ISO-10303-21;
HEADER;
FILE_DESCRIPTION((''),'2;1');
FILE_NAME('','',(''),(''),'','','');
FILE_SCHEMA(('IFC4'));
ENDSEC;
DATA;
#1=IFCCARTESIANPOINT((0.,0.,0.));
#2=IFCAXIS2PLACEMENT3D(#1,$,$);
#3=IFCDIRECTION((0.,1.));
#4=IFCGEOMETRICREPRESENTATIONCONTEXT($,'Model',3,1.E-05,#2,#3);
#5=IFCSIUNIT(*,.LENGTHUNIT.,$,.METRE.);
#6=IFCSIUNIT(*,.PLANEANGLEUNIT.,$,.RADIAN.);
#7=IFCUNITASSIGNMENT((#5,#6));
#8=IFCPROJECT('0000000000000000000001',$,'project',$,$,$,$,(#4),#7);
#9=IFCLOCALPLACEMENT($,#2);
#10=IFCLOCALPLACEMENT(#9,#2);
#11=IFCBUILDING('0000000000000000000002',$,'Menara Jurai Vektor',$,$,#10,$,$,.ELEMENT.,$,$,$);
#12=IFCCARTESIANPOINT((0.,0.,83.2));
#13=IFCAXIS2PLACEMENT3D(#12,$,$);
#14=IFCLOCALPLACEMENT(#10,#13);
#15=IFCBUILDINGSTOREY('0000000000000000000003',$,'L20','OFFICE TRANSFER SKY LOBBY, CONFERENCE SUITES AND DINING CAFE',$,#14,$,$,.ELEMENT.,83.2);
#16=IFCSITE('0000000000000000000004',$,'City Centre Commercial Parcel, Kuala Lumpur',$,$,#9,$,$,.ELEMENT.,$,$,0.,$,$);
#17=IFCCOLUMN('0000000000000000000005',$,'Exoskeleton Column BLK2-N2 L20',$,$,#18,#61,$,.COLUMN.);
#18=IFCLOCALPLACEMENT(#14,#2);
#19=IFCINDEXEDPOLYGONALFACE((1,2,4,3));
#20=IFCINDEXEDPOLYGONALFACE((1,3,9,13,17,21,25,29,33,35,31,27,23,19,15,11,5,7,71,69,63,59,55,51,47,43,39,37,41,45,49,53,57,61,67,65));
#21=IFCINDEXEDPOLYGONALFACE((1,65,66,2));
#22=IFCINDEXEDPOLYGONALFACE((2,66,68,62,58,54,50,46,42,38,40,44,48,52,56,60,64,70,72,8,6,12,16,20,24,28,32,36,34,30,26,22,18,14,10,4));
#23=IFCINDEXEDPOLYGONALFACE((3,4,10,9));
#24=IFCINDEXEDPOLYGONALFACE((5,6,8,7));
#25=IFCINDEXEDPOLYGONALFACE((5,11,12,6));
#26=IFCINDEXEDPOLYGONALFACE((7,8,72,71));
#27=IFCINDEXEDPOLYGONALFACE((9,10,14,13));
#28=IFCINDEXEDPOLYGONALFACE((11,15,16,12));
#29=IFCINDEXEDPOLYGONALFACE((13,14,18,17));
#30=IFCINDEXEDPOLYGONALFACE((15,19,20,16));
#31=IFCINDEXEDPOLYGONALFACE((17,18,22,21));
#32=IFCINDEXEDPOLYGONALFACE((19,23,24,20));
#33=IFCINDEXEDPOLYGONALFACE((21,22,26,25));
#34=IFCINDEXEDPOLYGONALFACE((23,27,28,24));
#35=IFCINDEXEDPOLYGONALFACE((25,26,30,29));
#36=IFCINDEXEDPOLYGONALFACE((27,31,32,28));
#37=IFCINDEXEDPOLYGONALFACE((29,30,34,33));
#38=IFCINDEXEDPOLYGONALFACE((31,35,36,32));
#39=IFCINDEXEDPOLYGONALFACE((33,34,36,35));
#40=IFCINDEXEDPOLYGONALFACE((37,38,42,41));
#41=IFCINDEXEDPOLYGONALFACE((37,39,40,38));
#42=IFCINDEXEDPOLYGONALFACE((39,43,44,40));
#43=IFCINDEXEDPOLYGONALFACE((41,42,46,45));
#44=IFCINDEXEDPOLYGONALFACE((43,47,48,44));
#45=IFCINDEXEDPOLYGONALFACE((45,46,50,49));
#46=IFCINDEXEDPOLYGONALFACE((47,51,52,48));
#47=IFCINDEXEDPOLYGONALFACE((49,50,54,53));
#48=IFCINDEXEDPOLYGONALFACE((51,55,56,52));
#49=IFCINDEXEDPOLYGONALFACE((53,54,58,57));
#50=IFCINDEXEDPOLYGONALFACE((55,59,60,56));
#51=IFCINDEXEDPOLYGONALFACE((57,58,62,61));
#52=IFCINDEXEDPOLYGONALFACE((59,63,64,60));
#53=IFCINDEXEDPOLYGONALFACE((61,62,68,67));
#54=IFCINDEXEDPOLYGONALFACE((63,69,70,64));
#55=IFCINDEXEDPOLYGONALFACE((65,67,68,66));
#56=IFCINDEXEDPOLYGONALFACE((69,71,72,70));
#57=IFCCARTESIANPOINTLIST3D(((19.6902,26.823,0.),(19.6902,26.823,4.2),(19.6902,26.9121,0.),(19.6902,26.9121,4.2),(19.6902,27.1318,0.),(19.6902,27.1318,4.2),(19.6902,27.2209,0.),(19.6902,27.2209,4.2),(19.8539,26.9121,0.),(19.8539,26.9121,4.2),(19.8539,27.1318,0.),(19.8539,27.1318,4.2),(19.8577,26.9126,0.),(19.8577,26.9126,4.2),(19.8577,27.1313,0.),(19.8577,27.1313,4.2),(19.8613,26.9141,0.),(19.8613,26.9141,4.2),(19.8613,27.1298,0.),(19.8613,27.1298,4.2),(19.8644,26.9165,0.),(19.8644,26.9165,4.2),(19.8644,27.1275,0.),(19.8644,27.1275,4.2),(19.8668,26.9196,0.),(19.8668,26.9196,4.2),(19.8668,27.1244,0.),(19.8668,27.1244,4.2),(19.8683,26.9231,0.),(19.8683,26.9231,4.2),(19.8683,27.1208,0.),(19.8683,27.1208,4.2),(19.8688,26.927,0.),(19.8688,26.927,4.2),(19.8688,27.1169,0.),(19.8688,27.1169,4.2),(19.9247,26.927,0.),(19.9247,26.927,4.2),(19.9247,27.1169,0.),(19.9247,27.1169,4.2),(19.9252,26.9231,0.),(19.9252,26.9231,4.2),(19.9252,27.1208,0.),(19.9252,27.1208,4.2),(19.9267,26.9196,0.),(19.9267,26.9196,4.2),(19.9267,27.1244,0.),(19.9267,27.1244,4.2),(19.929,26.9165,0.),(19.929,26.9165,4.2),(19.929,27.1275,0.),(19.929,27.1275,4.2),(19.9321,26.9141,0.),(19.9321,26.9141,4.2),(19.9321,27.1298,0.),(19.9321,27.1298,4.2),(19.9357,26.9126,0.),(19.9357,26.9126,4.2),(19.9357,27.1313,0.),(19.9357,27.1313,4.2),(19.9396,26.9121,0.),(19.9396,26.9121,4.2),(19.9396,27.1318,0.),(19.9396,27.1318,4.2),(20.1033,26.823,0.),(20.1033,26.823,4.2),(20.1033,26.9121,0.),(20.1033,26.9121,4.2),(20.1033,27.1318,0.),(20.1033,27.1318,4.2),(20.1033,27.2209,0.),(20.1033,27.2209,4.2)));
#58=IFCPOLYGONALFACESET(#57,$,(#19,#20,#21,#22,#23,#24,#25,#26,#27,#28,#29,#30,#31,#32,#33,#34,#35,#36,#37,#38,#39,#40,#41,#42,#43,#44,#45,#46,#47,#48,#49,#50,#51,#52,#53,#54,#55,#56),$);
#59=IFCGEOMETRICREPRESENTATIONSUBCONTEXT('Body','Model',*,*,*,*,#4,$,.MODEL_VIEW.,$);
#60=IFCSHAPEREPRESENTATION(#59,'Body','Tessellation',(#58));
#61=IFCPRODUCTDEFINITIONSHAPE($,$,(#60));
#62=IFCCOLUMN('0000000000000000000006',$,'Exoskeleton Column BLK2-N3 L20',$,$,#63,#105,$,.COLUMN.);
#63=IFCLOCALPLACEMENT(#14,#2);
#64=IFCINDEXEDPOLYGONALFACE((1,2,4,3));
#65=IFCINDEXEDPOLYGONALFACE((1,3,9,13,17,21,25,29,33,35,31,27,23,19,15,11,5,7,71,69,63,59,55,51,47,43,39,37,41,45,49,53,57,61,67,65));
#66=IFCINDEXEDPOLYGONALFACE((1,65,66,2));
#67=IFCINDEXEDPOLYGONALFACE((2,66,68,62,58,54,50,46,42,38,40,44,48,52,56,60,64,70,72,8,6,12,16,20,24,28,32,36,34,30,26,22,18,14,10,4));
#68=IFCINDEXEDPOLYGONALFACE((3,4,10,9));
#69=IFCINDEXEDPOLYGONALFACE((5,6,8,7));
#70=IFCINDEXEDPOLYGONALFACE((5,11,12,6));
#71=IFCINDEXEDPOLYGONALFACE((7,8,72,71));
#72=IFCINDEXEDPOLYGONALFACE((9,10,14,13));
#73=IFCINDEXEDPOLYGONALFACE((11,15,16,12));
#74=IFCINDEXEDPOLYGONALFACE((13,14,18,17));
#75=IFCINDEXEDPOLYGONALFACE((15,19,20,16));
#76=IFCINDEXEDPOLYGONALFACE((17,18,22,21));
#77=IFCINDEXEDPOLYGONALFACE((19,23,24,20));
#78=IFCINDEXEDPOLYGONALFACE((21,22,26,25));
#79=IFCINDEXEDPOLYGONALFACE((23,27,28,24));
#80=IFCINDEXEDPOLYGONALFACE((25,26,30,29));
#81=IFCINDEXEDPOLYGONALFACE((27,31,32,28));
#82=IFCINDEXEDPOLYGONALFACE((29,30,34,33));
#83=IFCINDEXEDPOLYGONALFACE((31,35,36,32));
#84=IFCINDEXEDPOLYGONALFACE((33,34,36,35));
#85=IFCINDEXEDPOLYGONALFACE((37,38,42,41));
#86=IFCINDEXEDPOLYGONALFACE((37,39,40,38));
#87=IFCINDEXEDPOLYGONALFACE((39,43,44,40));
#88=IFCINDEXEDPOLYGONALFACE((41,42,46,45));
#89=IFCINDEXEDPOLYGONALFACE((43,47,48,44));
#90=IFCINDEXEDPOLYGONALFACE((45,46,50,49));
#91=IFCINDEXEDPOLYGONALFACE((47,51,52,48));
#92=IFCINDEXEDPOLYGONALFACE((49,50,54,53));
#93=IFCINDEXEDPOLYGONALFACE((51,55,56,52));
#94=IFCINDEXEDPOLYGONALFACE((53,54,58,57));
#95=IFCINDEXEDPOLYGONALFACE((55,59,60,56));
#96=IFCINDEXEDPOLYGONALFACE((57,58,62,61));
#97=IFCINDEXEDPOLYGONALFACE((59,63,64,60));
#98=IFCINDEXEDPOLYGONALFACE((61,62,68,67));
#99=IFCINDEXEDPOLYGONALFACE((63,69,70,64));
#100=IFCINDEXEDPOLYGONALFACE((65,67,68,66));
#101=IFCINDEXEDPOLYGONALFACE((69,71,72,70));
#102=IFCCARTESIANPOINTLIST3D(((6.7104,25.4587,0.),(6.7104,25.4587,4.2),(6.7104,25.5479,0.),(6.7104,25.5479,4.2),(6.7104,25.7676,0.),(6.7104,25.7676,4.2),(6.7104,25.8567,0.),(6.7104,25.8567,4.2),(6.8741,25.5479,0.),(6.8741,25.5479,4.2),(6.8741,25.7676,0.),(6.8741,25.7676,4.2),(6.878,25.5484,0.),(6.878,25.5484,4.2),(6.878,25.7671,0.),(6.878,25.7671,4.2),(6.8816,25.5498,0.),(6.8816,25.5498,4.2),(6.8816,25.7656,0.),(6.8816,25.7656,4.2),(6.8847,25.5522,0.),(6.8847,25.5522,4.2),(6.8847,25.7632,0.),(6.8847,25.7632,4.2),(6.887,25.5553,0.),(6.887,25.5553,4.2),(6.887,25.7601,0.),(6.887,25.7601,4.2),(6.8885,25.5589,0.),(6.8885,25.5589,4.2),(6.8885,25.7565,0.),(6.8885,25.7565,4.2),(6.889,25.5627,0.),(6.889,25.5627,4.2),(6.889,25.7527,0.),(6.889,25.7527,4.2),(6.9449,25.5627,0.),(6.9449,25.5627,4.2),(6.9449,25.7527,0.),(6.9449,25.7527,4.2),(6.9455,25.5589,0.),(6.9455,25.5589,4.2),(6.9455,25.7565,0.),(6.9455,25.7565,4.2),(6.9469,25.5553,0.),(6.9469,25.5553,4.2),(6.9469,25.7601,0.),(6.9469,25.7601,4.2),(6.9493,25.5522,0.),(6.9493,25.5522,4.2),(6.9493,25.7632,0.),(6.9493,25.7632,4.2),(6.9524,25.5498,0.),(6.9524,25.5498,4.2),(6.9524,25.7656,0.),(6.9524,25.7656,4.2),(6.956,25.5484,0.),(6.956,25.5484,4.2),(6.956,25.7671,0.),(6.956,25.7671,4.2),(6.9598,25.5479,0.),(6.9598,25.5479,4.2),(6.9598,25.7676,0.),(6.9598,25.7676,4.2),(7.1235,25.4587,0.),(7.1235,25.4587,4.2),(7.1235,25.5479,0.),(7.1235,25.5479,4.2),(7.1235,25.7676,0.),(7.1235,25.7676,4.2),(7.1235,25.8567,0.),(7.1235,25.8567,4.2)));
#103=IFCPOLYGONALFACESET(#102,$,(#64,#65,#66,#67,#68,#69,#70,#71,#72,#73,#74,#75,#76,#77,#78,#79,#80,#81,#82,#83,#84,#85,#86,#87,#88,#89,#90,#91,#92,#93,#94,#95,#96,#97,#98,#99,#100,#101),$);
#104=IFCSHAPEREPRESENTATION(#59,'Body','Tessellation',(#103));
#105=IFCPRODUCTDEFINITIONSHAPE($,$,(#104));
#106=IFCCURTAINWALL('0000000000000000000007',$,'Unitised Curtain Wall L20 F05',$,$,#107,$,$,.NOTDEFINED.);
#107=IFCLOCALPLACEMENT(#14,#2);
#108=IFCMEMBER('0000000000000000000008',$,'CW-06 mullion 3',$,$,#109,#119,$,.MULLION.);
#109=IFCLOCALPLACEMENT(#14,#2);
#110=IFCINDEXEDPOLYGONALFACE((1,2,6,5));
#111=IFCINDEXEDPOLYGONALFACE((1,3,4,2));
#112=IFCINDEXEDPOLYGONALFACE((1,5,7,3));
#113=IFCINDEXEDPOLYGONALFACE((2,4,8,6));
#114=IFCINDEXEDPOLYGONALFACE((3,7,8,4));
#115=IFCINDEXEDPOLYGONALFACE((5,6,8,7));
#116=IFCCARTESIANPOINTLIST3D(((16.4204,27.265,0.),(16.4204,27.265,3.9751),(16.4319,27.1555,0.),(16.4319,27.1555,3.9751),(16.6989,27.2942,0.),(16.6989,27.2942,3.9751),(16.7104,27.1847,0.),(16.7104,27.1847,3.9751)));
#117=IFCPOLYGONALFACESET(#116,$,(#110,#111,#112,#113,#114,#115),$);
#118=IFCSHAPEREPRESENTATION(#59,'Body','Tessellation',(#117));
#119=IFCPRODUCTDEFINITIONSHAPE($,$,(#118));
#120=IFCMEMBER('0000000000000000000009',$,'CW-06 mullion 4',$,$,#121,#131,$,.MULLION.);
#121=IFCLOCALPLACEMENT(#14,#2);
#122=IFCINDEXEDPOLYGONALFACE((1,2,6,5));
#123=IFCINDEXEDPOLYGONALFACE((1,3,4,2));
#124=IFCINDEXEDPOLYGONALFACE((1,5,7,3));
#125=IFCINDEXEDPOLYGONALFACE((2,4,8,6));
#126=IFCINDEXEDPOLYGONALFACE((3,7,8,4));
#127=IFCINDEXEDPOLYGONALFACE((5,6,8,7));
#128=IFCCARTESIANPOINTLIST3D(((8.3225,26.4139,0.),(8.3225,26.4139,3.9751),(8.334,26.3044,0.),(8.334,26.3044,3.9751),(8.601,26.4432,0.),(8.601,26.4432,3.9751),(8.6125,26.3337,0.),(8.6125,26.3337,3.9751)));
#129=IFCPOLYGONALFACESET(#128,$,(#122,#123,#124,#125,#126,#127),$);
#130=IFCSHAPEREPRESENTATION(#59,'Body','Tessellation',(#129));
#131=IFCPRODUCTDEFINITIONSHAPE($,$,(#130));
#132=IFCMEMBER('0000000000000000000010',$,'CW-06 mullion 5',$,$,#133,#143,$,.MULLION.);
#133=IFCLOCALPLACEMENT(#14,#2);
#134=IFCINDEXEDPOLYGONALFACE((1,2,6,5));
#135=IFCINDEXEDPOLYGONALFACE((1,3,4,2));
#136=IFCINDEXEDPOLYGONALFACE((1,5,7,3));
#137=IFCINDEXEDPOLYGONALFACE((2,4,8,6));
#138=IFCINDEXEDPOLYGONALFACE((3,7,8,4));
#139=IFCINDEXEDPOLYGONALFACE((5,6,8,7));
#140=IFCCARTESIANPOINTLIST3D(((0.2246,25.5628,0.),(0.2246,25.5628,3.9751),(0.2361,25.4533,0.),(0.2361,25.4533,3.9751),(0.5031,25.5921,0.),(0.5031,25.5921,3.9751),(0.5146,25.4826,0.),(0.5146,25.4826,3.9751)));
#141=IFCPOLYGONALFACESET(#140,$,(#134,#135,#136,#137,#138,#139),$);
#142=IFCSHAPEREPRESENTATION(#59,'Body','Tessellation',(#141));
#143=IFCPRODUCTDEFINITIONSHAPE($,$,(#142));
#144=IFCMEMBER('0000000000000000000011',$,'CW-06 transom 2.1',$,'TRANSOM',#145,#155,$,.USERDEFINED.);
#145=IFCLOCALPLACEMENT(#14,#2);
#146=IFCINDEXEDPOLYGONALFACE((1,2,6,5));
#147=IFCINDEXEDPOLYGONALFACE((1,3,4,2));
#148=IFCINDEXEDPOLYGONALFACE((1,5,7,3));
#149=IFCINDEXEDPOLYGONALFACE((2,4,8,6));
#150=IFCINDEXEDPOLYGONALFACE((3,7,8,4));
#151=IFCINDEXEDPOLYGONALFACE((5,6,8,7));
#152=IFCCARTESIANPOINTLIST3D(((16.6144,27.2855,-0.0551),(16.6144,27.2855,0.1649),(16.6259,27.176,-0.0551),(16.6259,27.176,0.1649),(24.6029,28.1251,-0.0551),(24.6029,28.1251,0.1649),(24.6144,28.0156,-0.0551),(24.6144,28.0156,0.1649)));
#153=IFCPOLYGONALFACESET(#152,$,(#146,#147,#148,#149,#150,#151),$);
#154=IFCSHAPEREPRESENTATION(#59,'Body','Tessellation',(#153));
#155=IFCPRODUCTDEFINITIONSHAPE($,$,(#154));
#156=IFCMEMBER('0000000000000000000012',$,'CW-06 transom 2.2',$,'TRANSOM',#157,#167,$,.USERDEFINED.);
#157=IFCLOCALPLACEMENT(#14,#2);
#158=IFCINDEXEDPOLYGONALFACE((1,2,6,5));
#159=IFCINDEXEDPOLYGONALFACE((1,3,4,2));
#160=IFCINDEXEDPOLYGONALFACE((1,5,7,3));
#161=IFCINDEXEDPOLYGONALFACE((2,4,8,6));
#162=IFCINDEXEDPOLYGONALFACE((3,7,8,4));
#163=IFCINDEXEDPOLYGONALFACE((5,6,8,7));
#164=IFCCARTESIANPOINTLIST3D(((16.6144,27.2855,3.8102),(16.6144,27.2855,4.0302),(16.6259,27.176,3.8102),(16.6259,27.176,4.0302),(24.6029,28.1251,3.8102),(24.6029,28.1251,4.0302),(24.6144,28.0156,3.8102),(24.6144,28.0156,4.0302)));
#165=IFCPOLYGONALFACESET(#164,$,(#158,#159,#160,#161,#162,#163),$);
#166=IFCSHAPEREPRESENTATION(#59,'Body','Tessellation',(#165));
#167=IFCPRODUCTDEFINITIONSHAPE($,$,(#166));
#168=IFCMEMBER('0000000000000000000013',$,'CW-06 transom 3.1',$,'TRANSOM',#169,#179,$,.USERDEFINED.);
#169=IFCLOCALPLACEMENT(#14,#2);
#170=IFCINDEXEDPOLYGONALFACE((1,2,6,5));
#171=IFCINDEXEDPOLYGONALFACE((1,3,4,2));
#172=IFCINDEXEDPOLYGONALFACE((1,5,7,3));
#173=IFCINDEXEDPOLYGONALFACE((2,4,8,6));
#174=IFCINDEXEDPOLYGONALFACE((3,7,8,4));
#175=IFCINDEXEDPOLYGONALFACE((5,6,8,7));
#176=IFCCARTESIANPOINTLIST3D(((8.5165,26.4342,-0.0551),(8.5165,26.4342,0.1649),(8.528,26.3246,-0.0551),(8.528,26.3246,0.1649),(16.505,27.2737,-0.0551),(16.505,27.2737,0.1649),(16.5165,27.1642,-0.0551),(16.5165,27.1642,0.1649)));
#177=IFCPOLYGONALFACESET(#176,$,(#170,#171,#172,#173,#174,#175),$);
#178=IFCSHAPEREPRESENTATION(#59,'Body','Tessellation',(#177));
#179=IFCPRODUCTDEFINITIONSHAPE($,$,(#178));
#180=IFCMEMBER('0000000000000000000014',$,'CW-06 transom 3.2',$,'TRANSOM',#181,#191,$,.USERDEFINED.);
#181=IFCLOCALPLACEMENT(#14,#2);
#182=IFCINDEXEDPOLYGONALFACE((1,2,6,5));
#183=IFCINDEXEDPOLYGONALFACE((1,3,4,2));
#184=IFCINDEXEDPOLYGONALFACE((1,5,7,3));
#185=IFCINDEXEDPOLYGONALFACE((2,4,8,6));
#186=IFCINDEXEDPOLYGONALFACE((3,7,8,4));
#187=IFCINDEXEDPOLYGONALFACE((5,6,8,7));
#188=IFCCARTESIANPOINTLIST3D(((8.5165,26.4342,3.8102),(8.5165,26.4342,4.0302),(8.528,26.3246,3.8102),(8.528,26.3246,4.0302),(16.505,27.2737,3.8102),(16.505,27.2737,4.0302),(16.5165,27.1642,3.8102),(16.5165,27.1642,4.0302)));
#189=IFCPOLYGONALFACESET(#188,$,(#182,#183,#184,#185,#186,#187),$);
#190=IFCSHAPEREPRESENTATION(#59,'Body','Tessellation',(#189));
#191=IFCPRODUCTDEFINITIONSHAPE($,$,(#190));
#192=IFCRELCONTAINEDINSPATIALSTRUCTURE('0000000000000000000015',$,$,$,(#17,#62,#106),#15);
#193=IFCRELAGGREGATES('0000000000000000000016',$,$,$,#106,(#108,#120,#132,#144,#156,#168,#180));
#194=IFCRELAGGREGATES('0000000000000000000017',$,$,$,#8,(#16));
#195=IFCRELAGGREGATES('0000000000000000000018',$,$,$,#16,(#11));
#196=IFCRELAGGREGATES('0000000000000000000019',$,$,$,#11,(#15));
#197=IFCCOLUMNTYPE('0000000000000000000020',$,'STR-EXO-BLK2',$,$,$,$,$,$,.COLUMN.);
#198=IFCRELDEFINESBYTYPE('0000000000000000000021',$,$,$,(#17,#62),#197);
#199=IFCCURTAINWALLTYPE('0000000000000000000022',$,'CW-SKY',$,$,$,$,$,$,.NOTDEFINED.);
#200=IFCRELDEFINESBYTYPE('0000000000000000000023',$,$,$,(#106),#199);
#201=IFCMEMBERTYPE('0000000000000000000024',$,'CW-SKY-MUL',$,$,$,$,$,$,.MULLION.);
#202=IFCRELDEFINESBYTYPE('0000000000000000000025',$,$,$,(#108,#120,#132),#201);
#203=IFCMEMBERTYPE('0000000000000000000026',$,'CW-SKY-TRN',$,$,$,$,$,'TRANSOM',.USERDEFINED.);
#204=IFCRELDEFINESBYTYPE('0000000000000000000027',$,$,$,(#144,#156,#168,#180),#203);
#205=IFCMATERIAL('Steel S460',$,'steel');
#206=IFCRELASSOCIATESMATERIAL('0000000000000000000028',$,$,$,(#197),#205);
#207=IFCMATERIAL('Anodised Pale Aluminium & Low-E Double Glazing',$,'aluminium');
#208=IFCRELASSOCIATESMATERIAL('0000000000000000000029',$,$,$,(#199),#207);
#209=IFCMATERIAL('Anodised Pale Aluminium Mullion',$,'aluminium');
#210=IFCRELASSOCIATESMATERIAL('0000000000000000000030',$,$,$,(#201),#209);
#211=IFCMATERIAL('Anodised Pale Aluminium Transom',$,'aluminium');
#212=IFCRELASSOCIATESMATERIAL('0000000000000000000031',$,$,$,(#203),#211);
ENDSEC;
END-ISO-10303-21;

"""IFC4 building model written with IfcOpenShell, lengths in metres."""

from ifc_helpers import new_model, si_unit, direction, frame, origin, origin_2d, place, context, subcontext, project, spatial, rectangle, i_section, extrude, material, material_profile, profile_set, type_object, element, aggregate, save


model = new_model("IFC4")

# Units and contexts
model_context = context("Model", 3, precision=1e-05, world=origin(), true_north=direction((0.0, 1.0)))
body_context = subcontext(model_context, "Body", "Model", "MODEL_VIEW")
ifc_project = project(units=[si_unit("LENGTHUNIT", "METRE"), si_unit("PLANEANGLEUNIT", "RADIAN")], contexts=[model_context])

# Site, building, storey
site_placement = place(None, origin())
site = spatial("IfcSite", under=ifc_project, at=site_placement, Name="City Centre Commercial Parcel, Kuala Lumpur", CompositionType="ELEMENT", RefElevation=0.0)
building_placement = place(site_placement, origin())
building = spatial("IfcBuilding", under=site, at=building_placement, Name="Menara Jurai Vektor", CompositionType="ELEMENT")
storey_placement = place(building_placement, frame((0.0, 0.0, 83.2)))
storey = spatial("IfcBuildingStorey", under=building, at=storey_placement, Name="L20", Description="OFFICE TRANSFER SKY LOBBY, CONFERENCE SUITES AND DINING CAFE", CompositionType="ELEMENT", Elevation=83.2)

# Columns
ifc_material_1 = material(Name="Steel S460", Category="steel")
ifc_material_profile_1 = material_profile(ifc_material_1, i_section(OverallWidth=0.4131, OverallDepth=0.3979, WebThickness=0.0559, FlangeThickness=0.0891, FilletRadius=0.0149, at=origin_2d()), Name="HD 400x744")
ifc_profile_set_1 = profile_set([ifc_material_profile_1], Name="Steel S460")
column_type = type_object("IfcColumnType", Name="STR-EXO-BLK2", PredefinedType="COLUMN", material=ifc_profile_set_1)
for number, where, z_axis, x_axis, name in (
    (1, (19.8967, 27.022, 0.0), (0.0, 0.0, 1.0), (1.0, 0.0, 0.0), "Exoskeleton Column BLK2-N2 L20"),
    (2, (6.917, 25.6577, 0.0), (0.0, 0.0, 1.0), (1.0, 0.0, 0.0), "Exoskeleton Column BLK2-N3 L20"),
):
    element("IfcColumn", number, at=place(storey_placement, frame(where, z_axis=z_axis, x_axis=x_axis)), inside=storey, type_object=column_type, Name=name, PredefinedType="COLUMN", context=body_context, shape_type="SweptSolid", body=[
        extrude(i_section(OverallWidth=0.4131, OverallDepth=0.3979, WebThickness=0.0559, FlangeThickness=0.0891, FilletRadius=0.0149, at=origin_2d()), origin(), (0.0, 0.0, 1.0), 4.2),
    ])

# Curtain wall, members
ifc_material_2 = material(Name="Anodised Pale Aluminium & Low-E Double Glazing", Category="aluminium")
curtain_wall_type = type_object("IfcCurtainWallType", Name="CW-SKY", PredefinedType="NOTDEFINED", material=ifc_material_2)
curtain_wall_placement = place(storey_placement, origin())
curtain_wall = element("IfcCurtainWall", 3, at=curtain_wall_placement, inside=storey, type_object=curtain_wall_type, Name="Unitised Curtain Wall L20 F05", PredefinedType="NOTDEFINED")
ifc_material_3 = material(Name="Anodised Pale Aluminium Mullion", Category="aluminium")
ifc_material_profile_2 = material_profile(ifc_material_3, rectangle(XDim=0.1101, YDim=0.28, at=origin_2d()), Name="ALU MUL 110x280")
ifc_profile_set_2 = profile_set([ifc_material_profile_2], Name="Anodised Pale Aluminium Mullion")
member_type_1 = type_object("IfcMemberType", Name="CW-SKY-MUL", PredefinedType="MULLION", material=ifc_profile_set_2)
member_1_placement = place(storey_placement, frame((16.5654, 27.2249, 0.0), z_axis=(0.0, 0.0, 1.0), x_axis=(0.104529, -0.994522, 0.0)))
member_1 = element("IfcMember", 4, at=member_1_placement, type_object=member_type_1, Name="CW-06 mullion 3", PredefinedType="MULLION", context=body_context, shape_type="SweptSolid", body=[
    extrude(rectangle(XDim=0.1101, YDim=0.28, at=origin_2d()), origin(), (0.0, 0.0, 1.0), 3.9751),
])
member_2_placement = place(storey_placement, frame((8.4675, 26.3738, 0.0), z_axis=(0.0, 0.0, 1.0), x_axis=(0.104529, -0.994522, 0.0)))
member_2 = element("IfcMember", 5, at=member_2_placement, type_object=member_type_1, Name="CW-06 mullion 4", PredefinedType="MULLION", context=body_context, shape_type="SweptSolid", body=[
    extrude(rectangle(XDim=0.1101, YDim=0.28, at=origin_2d()), origin(), (0.0, 0.0, 1.0), 3.9751),
])
member_3_placement = place(storey_placement, frame((0.3696, 25.5227, 0.0), z_axis=(0.0, 0.0, 1.0), x_axis=(0.104529, -0.994522, 0.0)))
member_3 = element("IfcMember", 6, at=member_3_placement, type_object=member_type_1, Name="CW-06 mullion 5", PredefinedType="MULLION", context=body_context, shape_type="SweptSolid", body=[
    extrude(rectangle(XDim=0.1101, YDim=0.28, at=origin_2d()), origin(), (0.0, 0.0, 1.0), 3.9751),
])
ifc_material_4 = material(Name="Anodised Pale Aluminium Transom", Category="aluminium")
ifc_material_profile_3 = material_profile(ifc_material_4, rectangle(XDim=0.1101, YDim=0.22, at=origin_2d()), Name="ALU TRN 110x220")
ifc_profile_set_3 = profile_set([ifc_material_profile_3], Name="Anodised Pale Aluminium Transom")
member_type_2 = type_object("IfcMemberType", Name="CW-SKY-TRN", ElementType="TRANSOM", PredefinedType="USERDEFINED", material=ifc_profile_set_3)
member_4_placement = place(storey_placement, frame((24.6086, 28.0703, 0.0549), z_axis=(-0.994522, -0.104525, 0.0), x_axis=(0.104525, -0.994522, 0.0)))
member_4 = element("IfcMember", 7, at=member_4_placement, type_object=member_type_2, Name="CW-06 transom 2.1", ObjectType="TRANSOM", PredefinedType="USERDEFINED", context=body_context, shape_type="SweptSolid", body=[
    extrude(rectangle(XDim=0.1101, YDim=0.22, at=origin_2d()), origin(), (0.0, 0.0, 1.0), 8.0325),
])
member_5_placement = place(storey_placement, frame((24.6086, 28.0703, 3.9202), z_axis=(-0.994522, -0.104525, 0.0), x_axis=(0.104525, -0.994522, 0.0)))
member_5 = element("IfcMember", 8, at=member_5_placement, type_object=member_type_2, Name="CW-06 transom 2.2", ObjectType="TRANSOM", PredefinedType="USERDEFINED", context=body_context, shape_type="SweptSolid", body=[
    extrude(rectangle(XDim=0.1101, YDim=0.22, at=origin_2d()), origin(), (0.0, 0.0, 1.0), 8.0325),
])
member_6_placement = place(storey_placement, frame((16.5107, 27.219, 0.0549), z_axis=(-0.994522, -0.104525, 0.0), x_axis=(0.104525, -0.994522, 0.0)))
member_6 = element("IfcMember", 9, at=member_6_placement, type_object=member_type_2, Name="CW-06 transom 3.1", ObjectType="TRANSOM", PredefinedType="USERDEFINED", context=body_context, shape_type="SweptSolid", body=[
    extrude(rectangle(XDim=0.1101, YDim=0.22, at=origin_2d()), origin(), (0.0, 0.0, 1.0), 8.0325),
])
member_7_placement = place(storey_placement, frame((16.5107, 27.219, 3.9202), z_axis=(-0.994522, -0.104525, 0.0), x_axis=(0.104525, -0.994522, 0.0)))
member_7 = element("IfcMember", 10, at=member_7_placement, type_object=member_type_2, Name="CW-06 transom 3.2", ObjectType="TRANSOM", PredefinedType="USERDEFINED", context=body_context, shape_type="SweptSolid", body=[
    extrude(rectangle(XDim=0.1101, YDim=0.22, at=origin_2d()), origin(), (0.0, 0.0, 1.0), 8.0325),
])

aggregate(curtain_wall, [member_1, member_2, member_3, member_4, member_5, member_6, member_7])

save(model, "model.ifc")
